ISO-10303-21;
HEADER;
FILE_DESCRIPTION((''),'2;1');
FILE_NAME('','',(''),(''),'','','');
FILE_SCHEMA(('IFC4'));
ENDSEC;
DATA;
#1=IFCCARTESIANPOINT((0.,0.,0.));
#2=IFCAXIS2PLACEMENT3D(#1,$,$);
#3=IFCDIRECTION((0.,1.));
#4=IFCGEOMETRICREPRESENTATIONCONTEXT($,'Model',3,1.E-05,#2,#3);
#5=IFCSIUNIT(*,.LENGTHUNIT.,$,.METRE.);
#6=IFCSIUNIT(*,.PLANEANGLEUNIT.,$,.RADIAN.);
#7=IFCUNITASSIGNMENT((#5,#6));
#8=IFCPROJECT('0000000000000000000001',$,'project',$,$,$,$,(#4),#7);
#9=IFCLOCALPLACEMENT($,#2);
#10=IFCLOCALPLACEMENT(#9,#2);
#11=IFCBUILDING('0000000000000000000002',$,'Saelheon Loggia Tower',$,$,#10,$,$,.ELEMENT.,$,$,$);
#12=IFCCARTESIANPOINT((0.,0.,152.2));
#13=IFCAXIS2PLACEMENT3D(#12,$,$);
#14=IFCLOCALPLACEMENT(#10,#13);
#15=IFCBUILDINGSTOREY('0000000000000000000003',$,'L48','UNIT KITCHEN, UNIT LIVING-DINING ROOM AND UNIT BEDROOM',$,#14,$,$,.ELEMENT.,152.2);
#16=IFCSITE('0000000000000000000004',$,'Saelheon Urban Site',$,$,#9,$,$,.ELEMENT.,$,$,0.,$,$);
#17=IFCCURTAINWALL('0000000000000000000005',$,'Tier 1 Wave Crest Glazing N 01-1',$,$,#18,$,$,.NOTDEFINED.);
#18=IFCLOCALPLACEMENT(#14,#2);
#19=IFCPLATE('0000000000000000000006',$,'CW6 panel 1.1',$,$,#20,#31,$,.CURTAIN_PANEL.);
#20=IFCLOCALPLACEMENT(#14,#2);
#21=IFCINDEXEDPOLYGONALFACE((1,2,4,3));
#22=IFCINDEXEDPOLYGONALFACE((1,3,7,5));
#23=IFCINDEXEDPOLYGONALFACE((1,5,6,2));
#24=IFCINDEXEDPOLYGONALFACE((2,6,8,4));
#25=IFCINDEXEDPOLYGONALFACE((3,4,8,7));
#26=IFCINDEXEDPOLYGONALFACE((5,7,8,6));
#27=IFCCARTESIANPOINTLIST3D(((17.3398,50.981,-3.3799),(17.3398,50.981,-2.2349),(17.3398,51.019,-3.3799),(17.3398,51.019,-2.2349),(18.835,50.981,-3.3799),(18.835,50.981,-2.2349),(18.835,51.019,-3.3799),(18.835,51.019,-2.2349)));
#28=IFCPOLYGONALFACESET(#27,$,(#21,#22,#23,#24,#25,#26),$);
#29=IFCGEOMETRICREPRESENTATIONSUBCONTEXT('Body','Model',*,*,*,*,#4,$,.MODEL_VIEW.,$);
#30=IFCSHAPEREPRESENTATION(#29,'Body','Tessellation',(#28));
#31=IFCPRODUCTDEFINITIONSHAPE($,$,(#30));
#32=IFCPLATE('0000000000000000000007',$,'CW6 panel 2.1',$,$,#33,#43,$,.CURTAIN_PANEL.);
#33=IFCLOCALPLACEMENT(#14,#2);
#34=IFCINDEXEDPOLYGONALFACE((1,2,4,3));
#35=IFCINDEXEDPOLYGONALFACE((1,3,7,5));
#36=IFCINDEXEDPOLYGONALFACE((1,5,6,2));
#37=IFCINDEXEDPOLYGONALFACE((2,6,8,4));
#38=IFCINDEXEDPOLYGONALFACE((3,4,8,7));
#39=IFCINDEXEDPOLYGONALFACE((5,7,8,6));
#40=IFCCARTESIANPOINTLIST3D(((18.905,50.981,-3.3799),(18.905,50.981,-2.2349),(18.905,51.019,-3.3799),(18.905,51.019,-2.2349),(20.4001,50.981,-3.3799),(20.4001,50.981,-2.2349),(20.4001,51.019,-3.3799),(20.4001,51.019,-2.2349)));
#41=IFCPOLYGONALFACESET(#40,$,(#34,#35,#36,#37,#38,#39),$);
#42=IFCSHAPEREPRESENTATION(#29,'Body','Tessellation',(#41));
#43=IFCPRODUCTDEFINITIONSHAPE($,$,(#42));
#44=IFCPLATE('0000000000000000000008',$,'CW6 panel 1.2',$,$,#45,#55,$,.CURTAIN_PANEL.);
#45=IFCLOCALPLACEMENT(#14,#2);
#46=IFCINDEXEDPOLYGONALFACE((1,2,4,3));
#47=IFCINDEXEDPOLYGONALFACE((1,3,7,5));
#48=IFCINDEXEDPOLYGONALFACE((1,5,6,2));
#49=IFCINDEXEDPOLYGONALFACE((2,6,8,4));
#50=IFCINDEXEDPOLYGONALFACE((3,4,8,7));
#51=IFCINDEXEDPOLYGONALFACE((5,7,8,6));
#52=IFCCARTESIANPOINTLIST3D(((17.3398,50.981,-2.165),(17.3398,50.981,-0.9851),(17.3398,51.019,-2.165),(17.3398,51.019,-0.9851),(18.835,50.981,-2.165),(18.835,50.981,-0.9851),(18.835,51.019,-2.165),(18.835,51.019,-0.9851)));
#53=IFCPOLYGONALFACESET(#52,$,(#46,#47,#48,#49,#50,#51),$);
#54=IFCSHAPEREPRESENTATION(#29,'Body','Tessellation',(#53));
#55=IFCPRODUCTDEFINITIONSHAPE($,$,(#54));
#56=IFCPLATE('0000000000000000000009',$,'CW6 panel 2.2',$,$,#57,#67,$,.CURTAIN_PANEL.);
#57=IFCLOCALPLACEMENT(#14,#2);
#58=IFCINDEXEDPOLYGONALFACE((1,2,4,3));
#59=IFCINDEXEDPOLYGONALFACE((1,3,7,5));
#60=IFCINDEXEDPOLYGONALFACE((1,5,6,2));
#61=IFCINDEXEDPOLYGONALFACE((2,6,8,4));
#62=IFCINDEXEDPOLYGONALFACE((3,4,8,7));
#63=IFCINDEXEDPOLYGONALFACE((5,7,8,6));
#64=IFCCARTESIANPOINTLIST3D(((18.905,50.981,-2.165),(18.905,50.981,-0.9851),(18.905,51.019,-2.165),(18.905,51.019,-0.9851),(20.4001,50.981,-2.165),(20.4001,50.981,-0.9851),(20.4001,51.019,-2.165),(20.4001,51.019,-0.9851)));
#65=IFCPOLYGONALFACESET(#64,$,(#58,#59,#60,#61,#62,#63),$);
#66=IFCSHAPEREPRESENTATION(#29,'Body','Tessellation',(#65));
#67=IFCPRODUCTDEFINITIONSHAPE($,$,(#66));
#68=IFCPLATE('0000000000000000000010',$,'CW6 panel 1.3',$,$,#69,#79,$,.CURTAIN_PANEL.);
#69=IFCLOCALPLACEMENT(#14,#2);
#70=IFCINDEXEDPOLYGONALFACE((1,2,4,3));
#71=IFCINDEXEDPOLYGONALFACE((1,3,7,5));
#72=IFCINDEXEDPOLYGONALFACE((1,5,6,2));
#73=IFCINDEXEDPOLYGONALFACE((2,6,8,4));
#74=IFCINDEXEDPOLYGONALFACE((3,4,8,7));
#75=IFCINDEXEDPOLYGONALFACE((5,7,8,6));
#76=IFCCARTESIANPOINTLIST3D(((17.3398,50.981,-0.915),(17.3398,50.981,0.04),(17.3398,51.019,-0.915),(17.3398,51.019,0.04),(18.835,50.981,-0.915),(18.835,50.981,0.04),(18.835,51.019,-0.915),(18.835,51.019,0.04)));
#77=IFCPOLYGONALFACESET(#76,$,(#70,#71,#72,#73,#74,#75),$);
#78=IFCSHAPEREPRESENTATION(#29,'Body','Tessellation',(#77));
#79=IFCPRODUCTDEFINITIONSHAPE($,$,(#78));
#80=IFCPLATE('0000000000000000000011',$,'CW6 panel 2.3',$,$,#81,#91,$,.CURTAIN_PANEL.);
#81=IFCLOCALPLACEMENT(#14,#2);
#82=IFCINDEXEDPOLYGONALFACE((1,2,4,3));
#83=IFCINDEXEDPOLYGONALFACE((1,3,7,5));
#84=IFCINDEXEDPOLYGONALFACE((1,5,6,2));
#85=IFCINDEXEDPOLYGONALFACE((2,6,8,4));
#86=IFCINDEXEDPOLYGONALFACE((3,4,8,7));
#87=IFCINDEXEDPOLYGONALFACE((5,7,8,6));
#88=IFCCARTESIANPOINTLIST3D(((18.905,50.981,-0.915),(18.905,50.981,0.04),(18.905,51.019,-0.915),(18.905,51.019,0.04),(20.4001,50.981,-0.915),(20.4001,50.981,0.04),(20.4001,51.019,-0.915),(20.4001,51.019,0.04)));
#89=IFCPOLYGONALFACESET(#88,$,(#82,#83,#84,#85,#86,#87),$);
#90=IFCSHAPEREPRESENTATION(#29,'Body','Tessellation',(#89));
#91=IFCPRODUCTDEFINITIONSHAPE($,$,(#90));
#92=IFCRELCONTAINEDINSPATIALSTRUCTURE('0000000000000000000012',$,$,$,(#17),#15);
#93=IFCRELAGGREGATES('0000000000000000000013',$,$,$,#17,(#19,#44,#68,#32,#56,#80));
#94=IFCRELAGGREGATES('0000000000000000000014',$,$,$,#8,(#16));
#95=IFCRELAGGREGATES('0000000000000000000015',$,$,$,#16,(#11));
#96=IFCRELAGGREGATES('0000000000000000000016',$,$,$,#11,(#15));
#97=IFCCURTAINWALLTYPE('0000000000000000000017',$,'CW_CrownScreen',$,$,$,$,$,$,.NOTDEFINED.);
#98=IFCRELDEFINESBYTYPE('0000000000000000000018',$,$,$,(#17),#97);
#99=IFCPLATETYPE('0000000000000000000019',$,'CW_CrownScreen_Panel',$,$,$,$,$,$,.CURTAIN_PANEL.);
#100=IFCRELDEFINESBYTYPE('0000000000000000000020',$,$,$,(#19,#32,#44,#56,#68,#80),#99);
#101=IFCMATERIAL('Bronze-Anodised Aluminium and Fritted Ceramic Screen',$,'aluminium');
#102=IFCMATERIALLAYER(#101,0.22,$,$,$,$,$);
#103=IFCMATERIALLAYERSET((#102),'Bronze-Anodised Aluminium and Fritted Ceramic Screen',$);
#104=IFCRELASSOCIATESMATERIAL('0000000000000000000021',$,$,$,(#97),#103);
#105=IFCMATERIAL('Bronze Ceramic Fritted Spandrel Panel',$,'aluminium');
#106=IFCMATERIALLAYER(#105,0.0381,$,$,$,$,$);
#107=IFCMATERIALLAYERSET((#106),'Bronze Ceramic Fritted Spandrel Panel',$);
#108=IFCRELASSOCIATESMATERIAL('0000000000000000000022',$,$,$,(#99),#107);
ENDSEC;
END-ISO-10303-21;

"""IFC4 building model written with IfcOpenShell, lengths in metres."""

from ifc_helpers import new_model, si_unit, direction, frame, origin, origin_2d, place, context, subcontext, project, spatial, rectangle, extrude, source, transform, mapped, material, layer, layer_set, type_object, element, aggregate, save


model = new_model("IFC4")

# Units and contexts
model_context = context("Model", 3, precision=1e-05, world=origin(), true_north=direction((0.0, 1.0)))
body_context = subcontext(model_context, "Body", "Model", "MODEL_VIEW")
ifc_project = project(units=[si_unit("LENGTHUNIT", "METRE"), si_unit("PLANEANGLEUNIT", "RADIAN")], contexts=[model_context])

# Site, building, storey
site_placement = place(None, origin())
site = spatial("IfcSite", under=ifc_project, at=site_placement, Name="Saelheon Urban Site", CompositionType="ELEMENT", RefElevation=0.0)
building_placement = place(site_placement, origin())
building = spatial("IfcBuilding", under=site, at=building_placement, Name="Saelheon Loggia Tower", CompositionType="ELEMENT")
storey_placement = place(building_placement, frame((0.0, 0.0, 152.2)))
storey = spatial("IfcBuildingStorey", under=building, at=storey_placement, Name="L48", Description="UNIT KITCHEN, UNIT LIVING-DINING ROOM AND UNIT BEDROOM", CompositionType="ELEMENT", Elevation=152.2)

# Curtain wall
ifc_material_1 = material(Name="Bronze-Anodised Aluminium and Fritted Ceramic Screen", Category="aluminium")
ifc_layer_1 = layer(ifc_material_1, 0.22)
ifc_layer_set_1 = layer_set([ifc_layer_1], Name="Bronze-Anodised Aluminium and Fritted Ceramic Screen")
curtain_wall_type = type_object("IfcCurtainWallType", Name="CW_CrownScreen", PredefinedType="NOTDEFINED", material=ifc_layer_set_1)
curtain_wall_1_placement = place(storey_placement, origin())
curtain_wall_1 = element("IfcCurtainWall", 1, at=curtain_wall_1_placement, inside=storey, type_object=curtain_wall_type, Name="Tier 1 Wave Crest Glazing N 01-1", PredefinedType="NOTDEFINED")

# Plates
ifc_material_2 = material(Name="Bronze Ceramic Fritted Spandrel Panel", Category="aluminium")
ifc_layer_2 = layer(ifc_material_2, 0.0381)
ifc_layer_set_2 = layer_set([ifc_layer_2], Name="Bronze Ceramic Fritted Spandrel Panel")
plate_type = type_object("IfcPlateType", Name="CW_CrownScreen_Panel", PredefinedType="CURTAIN_PANEL", material=ifc_layer_set_2)
shared_shape_1 = source(origin(), body_context, "Body", "SweptSolid", [
    extrude(rectangle(XDim=1.4951, YDim=0.0381, at=origin_2d()), origin(), (0.0, 0.0, 1.0), 1.145),
])
plate_1_placement = place(storey_placement, frame((18.0874, 51.0, -3.3799), z_axis=(0.0, 0.0, 1.0), x_axis=(1.0, 0.0, 0.0)))
plate_1 = element("IfcPlate", 2, at=plate_1_placement, type_object=plate_type, Name="CW6 panel 1.1", PredefinedType="CURTAIN_PANEL", context=body_context, shape_type="MappedRepresentation", body=[
    mapped(shared_shape_1, transform((0.0, 0.0, 0.0), scale=1.0)),
])
plate_2_placement = place(storey_placement, frame((19.6526, 51.0, -3.3799), z_axis=(0.0, 0.0, 1.0), x_axis=(1.0, 0.0, 0.0)))
plate_2 = element("IfcPlate", 3, at=plate_2_placement, type_object=plate_type, Name="CW6 panel 2.1", PredefinedType="CURTAIN_PANEL", context=body_context, shape_type="MappedRepresentation", body=[
    mapped(shared_shape_1, transform((0.0, 0.0, 0.0), scale=1.0)),
])
shared_shape_2 = source(origin(), body_context, "Body", "SweptSolid", [
    extrude(rectangle(XDim=1.4951, YDim=0.0381, at=origin_2d()), origin(), (0.0, 0.0, 1.0), 1.1799),
])
plate_3_placement = place(storey_placement, frame((18.0874, 51.0, -2.165), z_axis=(0.0, 0.0, 1.0), x_axis=(1.0, 0.0, 0.0)))
plate_3 = element("IfcPlate", 4, at=plate_3_placement, type_object=plate_type, Name="CW6 panel 1.2", PredefinedType="CURTAIN_PANEL", context=body_context, shape_type="MappedRepresentation", body=[
    mapped(shared_shape_2, transform((0.0, 0.0, 0.0), scale=1.0)),
])
plate_4_placement = place(storey_placement, frame((19.6526, 51.0, -2.165), z_axis=(0.0, 0.0, 1.0), x_axis=(1.0, 0.0, 0.0)))
plate_4 = element("IfcPlate", 5, at=plate_4_placement, type_object=plate_type, Name="CW6 panel 2.2", PredefinedType="CURTAIN_PANEL", context=body_context, shape_type="MappedRepresentation", body=[
    mapped(shared_shape_2, transform((0.0, 0.0, 0.0), scale=1.0)),
])
shared_shape_3 = source(origin(), body_context, "Body", "SweptSolid", [
    extrude(rectangle(XDim=1.4951, YDim=0.0381, at=origin_2d()), origin(), (0.0, 0.0, 1.0), 0.9551),
])
plate_5_placement = place(storey_placement, frame((18.0874, 51.0, -0.915), z_axis=(0.0, 0.0, 1.0), x_axis=(1.0, 0.0, 0.0)))
plate_5 = element("IfcPlate", 6, at=plate_5_placement, type_object=plate_type, Name="CW6 panel 1.3", PredefinedType="CURTAIN_PANEL", context=body_context, shape_type="MappedRepresentation", body=[
    mapped(shared_shape_3, transform((0.0, 0.0, 0.0), scale=1.0)),
])
plate_6_placement = place(storey_placement, frame((19.6526, 51.0, -0.915), z_axis=(0.0, 0.0, 1.0), x_axis=(1.0, 0.0, 0.0)))
plate_6 = element("IfcPlate", 7, at=plate_6_placement, type_object=plate_type, Name="CW6 panel 2.3", PredefinedType="CURTAIN_PANEL", context=body_context, shape_type="MappedRepresentation", body=[
    mapped(shared_shape_3, transform((0.0, 0.0, 0.0), scale=1.0)),
])
aggregate(curtain_wall_1, [plate_1, plate_3, plate_5, plate_2, plate_4, plate_6])

save(model, "model.ifc")
